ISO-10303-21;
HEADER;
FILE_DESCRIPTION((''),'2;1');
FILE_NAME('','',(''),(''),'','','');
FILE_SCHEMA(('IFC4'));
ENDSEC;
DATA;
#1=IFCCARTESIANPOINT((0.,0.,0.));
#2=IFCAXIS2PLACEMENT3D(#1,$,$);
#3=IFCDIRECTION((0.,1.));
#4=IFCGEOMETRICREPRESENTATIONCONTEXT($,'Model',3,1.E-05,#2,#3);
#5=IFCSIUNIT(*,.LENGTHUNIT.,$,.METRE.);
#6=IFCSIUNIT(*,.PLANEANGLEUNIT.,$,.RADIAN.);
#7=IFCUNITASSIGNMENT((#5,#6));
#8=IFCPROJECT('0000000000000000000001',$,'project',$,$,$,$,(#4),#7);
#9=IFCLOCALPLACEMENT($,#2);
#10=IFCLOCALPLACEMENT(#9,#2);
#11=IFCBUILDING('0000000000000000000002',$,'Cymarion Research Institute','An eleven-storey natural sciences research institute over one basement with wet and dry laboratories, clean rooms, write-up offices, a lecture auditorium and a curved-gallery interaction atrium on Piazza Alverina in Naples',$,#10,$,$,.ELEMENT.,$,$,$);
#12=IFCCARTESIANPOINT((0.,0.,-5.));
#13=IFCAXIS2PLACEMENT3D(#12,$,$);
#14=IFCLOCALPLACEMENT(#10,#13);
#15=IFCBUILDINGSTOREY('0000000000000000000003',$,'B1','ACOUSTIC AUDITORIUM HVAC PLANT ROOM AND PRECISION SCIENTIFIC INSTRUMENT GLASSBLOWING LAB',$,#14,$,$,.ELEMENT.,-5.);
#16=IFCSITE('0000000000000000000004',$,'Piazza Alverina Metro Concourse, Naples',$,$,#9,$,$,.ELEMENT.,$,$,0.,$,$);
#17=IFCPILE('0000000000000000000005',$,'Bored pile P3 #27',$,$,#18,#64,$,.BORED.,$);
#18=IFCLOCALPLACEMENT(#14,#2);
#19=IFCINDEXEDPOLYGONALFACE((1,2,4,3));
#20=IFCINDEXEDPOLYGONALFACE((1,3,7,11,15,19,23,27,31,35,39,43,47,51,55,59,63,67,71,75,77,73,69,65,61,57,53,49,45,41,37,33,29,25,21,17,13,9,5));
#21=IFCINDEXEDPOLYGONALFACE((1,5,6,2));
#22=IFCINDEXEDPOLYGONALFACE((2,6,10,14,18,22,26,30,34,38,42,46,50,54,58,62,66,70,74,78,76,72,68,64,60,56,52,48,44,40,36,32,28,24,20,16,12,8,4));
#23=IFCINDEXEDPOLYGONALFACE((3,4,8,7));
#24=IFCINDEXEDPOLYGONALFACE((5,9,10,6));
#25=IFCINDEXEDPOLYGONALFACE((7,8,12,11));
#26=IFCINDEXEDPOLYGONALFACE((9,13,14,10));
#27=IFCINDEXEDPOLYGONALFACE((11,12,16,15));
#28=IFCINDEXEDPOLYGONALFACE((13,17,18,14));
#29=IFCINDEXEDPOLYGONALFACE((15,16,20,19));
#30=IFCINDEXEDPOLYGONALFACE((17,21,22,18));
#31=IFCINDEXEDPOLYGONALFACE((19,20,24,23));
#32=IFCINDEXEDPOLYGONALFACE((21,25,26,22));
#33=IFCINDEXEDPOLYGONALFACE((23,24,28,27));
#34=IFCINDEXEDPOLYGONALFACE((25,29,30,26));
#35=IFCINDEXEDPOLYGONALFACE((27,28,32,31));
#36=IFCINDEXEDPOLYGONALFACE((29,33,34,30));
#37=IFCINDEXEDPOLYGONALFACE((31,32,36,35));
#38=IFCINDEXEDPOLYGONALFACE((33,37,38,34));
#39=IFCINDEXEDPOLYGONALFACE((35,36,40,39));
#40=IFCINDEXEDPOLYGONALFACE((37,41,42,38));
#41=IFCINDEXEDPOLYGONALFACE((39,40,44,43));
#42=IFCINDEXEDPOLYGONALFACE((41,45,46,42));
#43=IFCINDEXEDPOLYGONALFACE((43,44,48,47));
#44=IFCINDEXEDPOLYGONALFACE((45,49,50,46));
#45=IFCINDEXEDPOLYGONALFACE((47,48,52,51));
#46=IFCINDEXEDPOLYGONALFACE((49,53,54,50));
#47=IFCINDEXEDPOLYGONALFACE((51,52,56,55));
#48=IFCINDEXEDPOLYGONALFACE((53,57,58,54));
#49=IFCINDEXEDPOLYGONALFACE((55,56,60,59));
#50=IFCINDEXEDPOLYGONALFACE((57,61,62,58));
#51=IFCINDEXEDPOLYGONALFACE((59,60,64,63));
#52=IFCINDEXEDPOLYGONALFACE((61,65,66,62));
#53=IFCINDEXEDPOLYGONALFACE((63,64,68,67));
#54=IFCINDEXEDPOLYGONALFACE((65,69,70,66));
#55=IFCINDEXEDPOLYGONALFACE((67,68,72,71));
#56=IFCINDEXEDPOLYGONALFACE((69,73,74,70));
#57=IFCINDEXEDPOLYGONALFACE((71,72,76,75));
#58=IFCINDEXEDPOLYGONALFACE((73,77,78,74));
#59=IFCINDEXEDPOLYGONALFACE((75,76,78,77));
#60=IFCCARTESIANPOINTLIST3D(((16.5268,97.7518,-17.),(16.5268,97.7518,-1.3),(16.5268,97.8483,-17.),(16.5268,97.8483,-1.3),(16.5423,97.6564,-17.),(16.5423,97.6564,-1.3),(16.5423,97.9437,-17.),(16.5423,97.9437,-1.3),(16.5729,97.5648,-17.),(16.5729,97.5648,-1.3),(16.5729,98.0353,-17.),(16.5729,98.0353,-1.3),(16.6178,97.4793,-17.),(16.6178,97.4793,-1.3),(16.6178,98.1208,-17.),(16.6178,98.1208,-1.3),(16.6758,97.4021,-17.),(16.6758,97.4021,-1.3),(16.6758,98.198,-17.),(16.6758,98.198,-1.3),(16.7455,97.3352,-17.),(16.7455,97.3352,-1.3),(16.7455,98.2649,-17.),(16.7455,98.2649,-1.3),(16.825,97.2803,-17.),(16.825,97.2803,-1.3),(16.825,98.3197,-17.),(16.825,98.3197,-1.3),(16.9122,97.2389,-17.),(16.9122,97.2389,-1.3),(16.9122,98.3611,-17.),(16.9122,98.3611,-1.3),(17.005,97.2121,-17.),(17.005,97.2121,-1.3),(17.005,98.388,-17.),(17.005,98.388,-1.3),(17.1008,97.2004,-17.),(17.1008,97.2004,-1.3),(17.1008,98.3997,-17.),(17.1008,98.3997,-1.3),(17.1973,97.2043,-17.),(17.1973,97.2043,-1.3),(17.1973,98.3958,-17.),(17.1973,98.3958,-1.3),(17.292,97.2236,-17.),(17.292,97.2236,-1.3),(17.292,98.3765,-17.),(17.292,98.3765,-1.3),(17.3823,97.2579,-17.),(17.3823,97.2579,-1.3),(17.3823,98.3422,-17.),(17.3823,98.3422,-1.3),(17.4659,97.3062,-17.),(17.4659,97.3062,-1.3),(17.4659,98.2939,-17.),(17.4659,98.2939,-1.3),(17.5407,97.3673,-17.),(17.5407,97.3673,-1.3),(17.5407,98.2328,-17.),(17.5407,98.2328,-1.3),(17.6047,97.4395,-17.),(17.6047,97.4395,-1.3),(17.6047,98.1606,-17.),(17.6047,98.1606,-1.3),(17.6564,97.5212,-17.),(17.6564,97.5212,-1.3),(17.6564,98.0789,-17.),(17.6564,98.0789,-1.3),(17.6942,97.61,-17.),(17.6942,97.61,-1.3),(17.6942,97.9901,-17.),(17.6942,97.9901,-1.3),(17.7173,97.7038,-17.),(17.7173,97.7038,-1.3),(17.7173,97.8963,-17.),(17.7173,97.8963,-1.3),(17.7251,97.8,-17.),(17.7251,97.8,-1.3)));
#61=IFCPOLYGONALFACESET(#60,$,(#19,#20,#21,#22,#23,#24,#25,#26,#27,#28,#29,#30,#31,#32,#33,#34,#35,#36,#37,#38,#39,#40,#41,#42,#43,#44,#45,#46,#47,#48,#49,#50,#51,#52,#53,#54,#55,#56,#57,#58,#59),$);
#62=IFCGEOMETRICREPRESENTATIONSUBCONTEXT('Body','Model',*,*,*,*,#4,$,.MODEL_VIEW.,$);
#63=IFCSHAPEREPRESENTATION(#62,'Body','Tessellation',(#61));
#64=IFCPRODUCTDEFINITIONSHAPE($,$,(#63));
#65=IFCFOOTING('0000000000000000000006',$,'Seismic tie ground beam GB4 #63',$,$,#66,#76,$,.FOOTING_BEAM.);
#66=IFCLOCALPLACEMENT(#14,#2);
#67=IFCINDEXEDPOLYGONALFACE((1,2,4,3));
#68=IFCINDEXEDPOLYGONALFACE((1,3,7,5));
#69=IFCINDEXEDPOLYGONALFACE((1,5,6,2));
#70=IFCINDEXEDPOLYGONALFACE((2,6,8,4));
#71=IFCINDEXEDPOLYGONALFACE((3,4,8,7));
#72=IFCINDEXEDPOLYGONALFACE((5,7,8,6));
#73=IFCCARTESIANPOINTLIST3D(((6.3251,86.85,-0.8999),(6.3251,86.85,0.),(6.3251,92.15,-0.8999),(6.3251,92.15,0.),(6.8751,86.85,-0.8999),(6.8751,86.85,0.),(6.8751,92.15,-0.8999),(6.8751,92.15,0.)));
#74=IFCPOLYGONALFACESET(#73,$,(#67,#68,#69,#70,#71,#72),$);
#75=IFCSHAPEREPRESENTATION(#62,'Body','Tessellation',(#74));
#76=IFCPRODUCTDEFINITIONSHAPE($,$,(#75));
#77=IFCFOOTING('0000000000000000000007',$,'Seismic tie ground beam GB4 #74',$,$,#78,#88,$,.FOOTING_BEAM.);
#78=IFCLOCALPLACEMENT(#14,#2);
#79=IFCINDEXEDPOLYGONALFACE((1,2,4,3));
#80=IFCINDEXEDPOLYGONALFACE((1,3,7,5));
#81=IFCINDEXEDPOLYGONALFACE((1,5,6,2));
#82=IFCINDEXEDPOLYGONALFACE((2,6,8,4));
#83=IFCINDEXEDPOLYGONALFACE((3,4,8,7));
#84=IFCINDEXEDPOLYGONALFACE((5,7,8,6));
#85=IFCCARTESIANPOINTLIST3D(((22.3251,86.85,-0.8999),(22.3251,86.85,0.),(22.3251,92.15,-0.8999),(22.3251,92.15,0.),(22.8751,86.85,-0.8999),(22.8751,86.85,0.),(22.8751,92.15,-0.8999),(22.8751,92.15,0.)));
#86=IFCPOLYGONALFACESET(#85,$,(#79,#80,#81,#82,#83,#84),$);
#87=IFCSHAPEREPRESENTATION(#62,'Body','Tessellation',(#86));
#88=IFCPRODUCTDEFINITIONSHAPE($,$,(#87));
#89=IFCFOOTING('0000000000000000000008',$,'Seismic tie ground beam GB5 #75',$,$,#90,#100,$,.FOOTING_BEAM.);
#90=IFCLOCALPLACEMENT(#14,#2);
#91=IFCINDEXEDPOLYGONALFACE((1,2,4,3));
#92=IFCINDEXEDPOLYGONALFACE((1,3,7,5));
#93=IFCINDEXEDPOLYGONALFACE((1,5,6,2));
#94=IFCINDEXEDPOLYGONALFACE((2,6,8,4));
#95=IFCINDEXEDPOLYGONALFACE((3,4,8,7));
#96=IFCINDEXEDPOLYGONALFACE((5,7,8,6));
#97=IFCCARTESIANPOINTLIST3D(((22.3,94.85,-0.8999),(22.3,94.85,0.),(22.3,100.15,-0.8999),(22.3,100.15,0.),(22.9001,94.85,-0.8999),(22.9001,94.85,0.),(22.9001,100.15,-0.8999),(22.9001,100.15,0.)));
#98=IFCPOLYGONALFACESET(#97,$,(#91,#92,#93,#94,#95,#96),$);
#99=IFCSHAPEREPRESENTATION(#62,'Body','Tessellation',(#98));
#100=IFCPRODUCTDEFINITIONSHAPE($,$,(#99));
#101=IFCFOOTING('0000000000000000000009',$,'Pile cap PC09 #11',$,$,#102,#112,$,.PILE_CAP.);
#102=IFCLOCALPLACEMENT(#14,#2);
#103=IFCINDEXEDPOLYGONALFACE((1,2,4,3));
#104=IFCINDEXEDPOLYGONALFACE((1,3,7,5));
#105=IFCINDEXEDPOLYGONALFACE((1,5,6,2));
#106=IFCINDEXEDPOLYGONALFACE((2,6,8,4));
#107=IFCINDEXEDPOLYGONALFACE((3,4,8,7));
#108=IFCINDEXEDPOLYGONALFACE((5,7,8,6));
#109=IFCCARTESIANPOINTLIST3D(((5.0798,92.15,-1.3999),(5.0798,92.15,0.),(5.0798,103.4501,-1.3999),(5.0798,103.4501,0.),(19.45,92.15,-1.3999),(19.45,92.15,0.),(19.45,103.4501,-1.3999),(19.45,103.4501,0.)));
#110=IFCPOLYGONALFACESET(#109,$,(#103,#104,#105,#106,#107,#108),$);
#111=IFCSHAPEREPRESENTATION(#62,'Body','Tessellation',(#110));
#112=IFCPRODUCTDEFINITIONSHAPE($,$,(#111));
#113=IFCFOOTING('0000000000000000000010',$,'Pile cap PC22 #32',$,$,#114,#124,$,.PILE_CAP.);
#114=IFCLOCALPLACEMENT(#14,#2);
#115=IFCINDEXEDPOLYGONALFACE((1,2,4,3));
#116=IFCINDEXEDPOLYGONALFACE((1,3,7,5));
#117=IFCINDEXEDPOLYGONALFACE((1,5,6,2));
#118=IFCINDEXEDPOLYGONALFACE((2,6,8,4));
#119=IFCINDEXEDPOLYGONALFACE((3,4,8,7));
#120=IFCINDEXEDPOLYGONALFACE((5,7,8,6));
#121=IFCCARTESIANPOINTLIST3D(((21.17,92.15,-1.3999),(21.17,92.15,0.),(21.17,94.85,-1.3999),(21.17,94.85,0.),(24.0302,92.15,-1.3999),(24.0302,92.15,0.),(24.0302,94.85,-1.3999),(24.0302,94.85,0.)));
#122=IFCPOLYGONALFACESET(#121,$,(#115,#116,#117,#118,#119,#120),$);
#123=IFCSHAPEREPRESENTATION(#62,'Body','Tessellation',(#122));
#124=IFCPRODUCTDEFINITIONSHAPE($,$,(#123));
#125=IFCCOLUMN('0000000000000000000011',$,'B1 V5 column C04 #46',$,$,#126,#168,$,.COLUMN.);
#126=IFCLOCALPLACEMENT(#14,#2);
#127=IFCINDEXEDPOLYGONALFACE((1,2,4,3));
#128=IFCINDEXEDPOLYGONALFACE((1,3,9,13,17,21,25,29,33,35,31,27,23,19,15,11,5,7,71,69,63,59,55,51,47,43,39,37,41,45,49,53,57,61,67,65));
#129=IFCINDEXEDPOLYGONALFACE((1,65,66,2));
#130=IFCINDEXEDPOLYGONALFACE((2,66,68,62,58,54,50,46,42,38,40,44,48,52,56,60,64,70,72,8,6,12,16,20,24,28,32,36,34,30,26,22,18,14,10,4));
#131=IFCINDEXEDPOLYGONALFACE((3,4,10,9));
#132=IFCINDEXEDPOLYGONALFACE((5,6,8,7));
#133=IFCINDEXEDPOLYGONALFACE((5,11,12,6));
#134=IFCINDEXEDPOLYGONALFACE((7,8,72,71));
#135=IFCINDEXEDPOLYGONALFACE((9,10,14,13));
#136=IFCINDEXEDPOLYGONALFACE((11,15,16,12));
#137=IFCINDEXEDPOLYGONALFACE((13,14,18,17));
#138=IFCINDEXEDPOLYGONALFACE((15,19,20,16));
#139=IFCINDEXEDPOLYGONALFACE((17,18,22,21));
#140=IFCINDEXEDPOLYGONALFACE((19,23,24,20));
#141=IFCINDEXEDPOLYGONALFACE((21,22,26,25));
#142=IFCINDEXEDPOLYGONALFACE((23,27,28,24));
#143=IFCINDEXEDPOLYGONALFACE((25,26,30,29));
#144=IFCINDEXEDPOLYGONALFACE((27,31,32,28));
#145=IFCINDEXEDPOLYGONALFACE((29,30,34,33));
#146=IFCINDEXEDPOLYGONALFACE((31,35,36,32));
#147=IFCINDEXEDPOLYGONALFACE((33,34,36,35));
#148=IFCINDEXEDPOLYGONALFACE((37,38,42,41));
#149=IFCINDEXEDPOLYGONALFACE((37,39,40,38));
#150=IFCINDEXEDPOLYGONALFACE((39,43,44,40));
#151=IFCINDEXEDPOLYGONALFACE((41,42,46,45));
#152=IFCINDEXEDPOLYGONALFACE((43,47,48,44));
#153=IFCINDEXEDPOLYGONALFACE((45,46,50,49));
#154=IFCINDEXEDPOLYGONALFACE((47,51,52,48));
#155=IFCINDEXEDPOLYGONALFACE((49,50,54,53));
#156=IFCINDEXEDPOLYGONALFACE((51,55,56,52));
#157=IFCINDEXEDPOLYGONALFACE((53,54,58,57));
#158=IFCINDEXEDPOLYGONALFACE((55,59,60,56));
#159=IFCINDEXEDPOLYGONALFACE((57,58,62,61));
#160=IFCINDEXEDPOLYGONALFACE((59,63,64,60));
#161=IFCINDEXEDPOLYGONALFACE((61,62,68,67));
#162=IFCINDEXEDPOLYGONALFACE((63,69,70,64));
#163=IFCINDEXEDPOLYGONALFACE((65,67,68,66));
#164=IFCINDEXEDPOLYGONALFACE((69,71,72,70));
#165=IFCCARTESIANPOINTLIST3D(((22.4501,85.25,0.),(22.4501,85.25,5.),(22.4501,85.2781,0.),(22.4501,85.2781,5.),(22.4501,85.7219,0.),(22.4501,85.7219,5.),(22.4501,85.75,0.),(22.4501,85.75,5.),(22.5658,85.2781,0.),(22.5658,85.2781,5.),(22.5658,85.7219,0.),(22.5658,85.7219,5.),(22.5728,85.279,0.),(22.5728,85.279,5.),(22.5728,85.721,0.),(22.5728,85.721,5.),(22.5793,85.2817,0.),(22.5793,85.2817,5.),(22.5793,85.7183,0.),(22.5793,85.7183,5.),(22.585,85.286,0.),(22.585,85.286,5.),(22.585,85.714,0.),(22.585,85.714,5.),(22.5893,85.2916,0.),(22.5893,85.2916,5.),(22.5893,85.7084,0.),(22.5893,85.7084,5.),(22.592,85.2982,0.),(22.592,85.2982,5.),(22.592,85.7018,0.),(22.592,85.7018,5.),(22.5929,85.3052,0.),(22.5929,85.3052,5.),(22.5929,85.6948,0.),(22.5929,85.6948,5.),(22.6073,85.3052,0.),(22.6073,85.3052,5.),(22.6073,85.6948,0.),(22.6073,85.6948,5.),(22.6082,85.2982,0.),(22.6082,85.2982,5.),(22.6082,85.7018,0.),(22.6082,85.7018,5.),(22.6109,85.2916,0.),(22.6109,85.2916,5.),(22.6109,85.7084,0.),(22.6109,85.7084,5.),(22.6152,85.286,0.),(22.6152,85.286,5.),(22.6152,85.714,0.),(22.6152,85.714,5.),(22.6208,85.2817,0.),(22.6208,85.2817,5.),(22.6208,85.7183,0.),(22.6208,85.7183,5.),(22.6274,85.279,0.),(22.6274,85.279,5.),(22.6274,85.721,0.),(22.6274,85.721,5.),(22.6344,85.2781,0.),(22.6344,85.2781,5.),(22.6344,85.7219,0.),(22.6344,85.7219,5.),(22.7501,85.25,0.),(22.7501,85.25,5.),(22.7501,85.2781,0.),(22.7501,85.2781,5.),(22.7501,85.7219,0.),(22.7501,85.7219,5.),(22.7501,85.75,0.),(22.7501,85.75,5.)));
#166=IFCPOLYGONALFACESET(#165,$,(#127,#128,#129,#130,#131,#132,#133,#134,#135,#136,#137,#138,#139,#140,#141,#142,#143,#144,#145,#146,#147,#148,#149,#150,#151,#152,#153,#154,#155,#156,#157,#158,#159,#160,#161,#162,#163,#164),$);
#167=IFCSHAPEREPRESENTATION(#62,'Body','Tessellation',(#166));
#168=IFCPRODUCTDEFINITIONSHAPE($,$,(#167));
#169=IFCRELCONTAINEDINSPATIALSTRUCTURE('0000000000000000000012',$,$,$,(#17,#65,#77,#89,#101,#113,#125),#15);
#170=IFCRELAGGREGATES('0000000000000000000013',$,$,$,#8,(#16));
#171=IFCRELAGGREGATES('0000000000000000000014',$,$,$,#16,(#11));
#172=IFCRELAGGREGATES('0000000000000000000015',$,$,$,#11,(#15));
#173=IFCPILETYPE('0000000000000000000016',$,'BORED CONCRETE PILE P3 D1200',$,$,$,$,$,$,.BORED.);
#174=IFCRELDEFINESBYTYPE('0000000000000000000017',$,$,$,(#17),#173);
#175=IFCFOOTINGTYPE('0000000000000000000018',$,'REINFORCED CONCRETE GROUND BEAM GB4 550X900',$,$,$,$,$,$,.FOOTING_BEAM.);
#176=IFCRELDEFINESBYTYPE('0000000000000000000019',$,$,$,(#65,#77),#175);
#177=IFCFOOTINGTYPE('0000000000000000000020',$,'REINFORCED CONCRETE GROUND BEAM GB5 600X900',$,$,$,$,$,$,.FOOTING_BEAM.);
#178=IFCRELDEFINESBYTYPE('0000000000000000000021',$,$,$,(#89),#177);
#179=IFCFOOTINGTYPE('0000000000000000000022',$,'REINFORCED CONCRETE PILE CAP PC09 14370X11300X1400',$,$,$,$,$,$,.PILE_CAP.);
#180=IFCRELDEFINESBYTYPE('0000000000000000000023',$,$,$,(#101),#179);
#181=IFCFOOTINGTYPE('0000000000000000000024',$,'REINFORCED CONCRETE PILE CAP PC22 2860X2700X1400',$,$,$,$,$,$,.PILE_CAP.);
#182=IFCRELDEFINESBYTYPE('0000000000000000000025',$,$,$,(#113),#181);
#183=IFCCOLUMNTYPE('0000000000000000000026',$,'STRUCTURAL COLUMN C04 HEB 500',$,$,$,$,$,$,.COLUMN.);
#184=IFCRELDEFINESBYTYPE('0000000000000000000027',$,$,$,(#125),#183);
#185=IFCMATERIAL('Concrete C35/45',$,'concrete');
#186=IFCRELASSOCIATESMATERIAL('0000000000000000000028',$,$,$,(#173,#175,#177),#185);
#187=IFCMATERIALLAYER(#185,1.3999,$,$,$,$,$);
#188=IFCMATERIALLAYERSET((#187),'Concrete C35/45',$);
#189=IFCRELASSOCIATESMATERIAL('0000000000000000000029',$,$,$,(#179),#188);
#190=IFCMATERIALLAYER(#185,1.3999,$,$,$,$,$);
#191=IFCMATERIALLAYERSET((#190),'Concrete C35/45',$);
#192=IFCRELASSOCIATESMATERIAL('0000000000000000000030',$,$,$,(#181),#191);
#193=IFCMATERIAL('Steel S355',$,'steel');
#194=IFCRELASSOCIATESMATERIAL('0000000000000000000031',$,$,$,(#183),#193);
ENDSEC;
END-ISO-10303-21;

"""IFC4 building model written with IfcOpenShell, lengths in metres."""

from ifc_helpers import new_model, si_unit, direction, frame, origin, origin_2d, place, context, subcontext, project, spatial, rectangle, circle, i_section, extrude, material, layer, layer_set, material_profile, profile_set, type_object, element, save


model = new_model("IFC4")

# Units and contexts
model_context = context("Model", 3, precision=1e-05, world=origin(), true_north=direction((0.0, 1.0)))
body_context = subcontext(model_context, "Body", "Model", "MODEL_VIEW")
ifc_project = project(units=[si_unit("LENGTHUNIT", "METRE"), si_unit("PLANEANGLEUNIT", "RADIAN")], contexts=[model_context])

# Site, building, storey
site_placement = place(None, origin())
site = spatial("IfcSite", under=ifc_project, at=site_placement, Name="Piazza Alverina Metro Concourse, Naples", CompositionType="ELEMENT", RefElevation=0.0)
building_placement = place(site_placement, origin())
building = spatial("IfcBuilding", under=site, at=building_placement, Name="Cymarion Research Institute", Description="An eleven-storey natural sciences research institute over one basement with wet and dry laboratories, clean rooms, write-up offices, a lecture auditorium and a curved-gallery interaction atrium on Piazza Alverina in Naples", CompositionType="ELEMENT")
storey_placement = place(building_placement, frame((0.0, 0.0, -5.0)))
storey = spatial("IfcBuildingStorey", under=building, at=storey_placement, Name="B1", Description="ACOUSTIC AUDITORIUM HVAC PLANT ROOM AND PRECISION SCIENTIFIC INSTRUMENT GLASSBLOWING LAB", CompositionType="ELEMENT", Elevation=-5.0)

# Pile
ifc_material_1 = material(Name="Concrete C35/45", Category="concrete")
ifc_material_profile_1 = material_profile(ifc_material_1, circle(Radius=0.6001, at=origin_2d()), Name="BORED PILE D1200")
ifc_profile_set_1 = profile_set([ifc_material_profile_1], Name="Concrete C35/45")
pile_type_1 = type_object("IfcPileType", Name="BORED CONCRETE PILE P3 D1200", PredefinedType="BORED", material=ifc_profile_set_1)
for number, where, z_axis, x_axis, name in (
    (1, (17.125, 97.8, -1.3), (0.0, 0.0, -1.0), (1.0, 0.0, 0.0), "Bored pile P3 #27"),
):
    element("IfcPile", number, at=place(storey_placement, frame(where, z_axis=z_axis, x_axis=x_axis)), inside=storey, type_object=pile_type_1, Name=name, PredefinedType="BORED", context=body_context, shape_type="SweptSolid", body=[
        extrude(circle(Radius=0.6001, at=origin_2d()), origin(), (0.0, 0.0, 1.0), 15.7),
    ])

# Footings
footing_type_1 = type_object("IfcFootingType", Name="REINFORCED CONCRETE GROUND BEAM GB4 550X900", PredefinedType="FOOTING_BEAM", material=ifc_material_1)
for number, where, z_axis, x_axis, name in (
    (2, (6.6001, 89.5, -0.8999), (0.0, 0.0, 1.0), (0.0, 1.0, 0.0), "Seismic tie ground beam GB4 #63"),
    (3, (22.6001, 89.5, -0.8999), (0.0, 0.0, 1.0), (0.0, 1.0, 0.0), "Seismic tie ground beam GB4 #74"),
):
    element("IfcFooting", number, at=place(storey_placement, frame(where, z_axis=z_axis, x_axis=x_axis)), inside=storey, type_object=footing_type_1, Name=name, PredefinedType="FOOTING_BEAM", context=body_context, shape_type="SweptSolid", body=[
        extrude(rectangle(XDim=5.3, YDim=0.55, at=origin_2d()), origin(), (0.0, 0.0, 1.0), 0.8999),
    ])
footing_type_2 = type_object("IfcFootingType", Name="REINFORCED CONCRETE GROUND BEAM GB5 600X900", PredefinedType="FOOTING_BEAM", material=ifc_material_1)
footing_1_placement = place(storey_placement, frame((22.6001, 97.5, -0.8999), z_axis=(0.0, 0.0, 1.0), x_axis=(0.0, 1.0, 0.0)))
element("IfcFooting", 4, at=footing_1_placement, inside=storey, type_object=footing_type_2, Name="Seismic tie ground beam GB5 #75", PredefinedType="FOOTING_BEAM", context=body_context, shape_type="SweptSolid", body=[
    extrude(rectangle(XDim=5.3, YDim=0.6001, at=origin_2d()), origin(), (0.0, 0.0, 1.0), 0.8999),
])
ifc_layer_1 = layer(ifc_material_1, 1.3999)
ifc_layer_set_1 = layer_set([ifc_layer_1], Name="Concrete C35/45")
footing_type_3 = type_object("IfcFootingType", Name="REINFORCED CONCRETE PILE CAP PC09 14370X11300X1400", PredefinedType="PILE_CAP", material=ifc_layer_set_1)
footing_2_placement = place(storey_placement, frame((12.2649, 97.8, -1.3999), z_axis=(0.0, 0.0, 1.0), x_axis=(1.0, 0.0, 0.0)))
element("IfcFooting", 5, at=footing_2_placement, inside=storey, type_object=footing_type_3, Name="Pile cap PC09 #11", PredefinedType="PILE_CAP", context=body_context, shape_type="SweptSolid", body=[
    extrude(rectangle(XDim=14.3701, YDim=11.3, at=origin_2d()), origin(), (0.0, 0.0, 1.0), 1.3999),
])
ifc_layer_2 = layer(ifc_material_1, 1.3999)
ifc_layer_set_2 = layer_set([ifc_layer_2], Name="Concrete C35/45")
footing_type_4 = type_object("IfcFootingType", Name="REINFORCED CONCRETE PILE CAP PC22 2860X2700X1400", PredefinedType="PILE_CAP", material=ifc_layer_set_2)
footing_3_placement = place(storey_placement, frame((22.6001, 93.5, -1.3999), z_axis=(0.0, 0.0, 1.0), x_axis=(1.0, 0.0, 0.0)))
element("IfcFooting", 6, at=footing_3_placement, inside=storey, type_object=footing_type_4, Name="Pile cap PC22 #32", PredefinedType="PILE_CAP", context=body_context, shape_type="SweptSolid", body=[
    extrude(rectangle(XDim=2.8601, YDim=2.7, at=origin_2d()), origin(), (0.0, 0.0, 1.0), 1.3999),
])

# Column
ifc_material_2 = material(Name="Steel S355", Category="steel")
ifc_material_profile_2 = material_profile(ifc_material_2, i_section(OverallWidth=0.3, OverallDepth=0.5, WebThickness=0.0144, FlangeThickness=0.0281, FilletRadius=0.0271, at=origin_2d()), Name="HEB 500")
ifc_profile_set_2 = profile_set([ifc_material_profile_2], Name="Steel S355")
column_type_1 = type_object("IfcColumnType", Name="STRUCTURAL COLUMN C04 HEB 500", PredefinedType="COLUMN", material=ifc_profile_set_2)
column_placement = place(storey_placement, frame((22.6001, 85.5, 0.0), z_axis=(0.0, 0.0, 1.0), x_axis=(1.0, 0.0, 0.0)))
element("IfcColumn", 7, at=column_placement, inside=storey, type_object=column_type_1, Name="B1 V5 column C04 #46", PredefinedType="COLUMN", context=body_context, shape_type="SweptSolid", body=[
    extrude(i_section(OverallWidth=0.3, OverallDepth=0.5, WebThickness=0.0144, FlangeThickness=0.0281, FilletRadius=0.0271, at=origin_2d()), origin(), (0.0, 0.0, 1.0), 5.0),
])

save(model, "model.ifc")
